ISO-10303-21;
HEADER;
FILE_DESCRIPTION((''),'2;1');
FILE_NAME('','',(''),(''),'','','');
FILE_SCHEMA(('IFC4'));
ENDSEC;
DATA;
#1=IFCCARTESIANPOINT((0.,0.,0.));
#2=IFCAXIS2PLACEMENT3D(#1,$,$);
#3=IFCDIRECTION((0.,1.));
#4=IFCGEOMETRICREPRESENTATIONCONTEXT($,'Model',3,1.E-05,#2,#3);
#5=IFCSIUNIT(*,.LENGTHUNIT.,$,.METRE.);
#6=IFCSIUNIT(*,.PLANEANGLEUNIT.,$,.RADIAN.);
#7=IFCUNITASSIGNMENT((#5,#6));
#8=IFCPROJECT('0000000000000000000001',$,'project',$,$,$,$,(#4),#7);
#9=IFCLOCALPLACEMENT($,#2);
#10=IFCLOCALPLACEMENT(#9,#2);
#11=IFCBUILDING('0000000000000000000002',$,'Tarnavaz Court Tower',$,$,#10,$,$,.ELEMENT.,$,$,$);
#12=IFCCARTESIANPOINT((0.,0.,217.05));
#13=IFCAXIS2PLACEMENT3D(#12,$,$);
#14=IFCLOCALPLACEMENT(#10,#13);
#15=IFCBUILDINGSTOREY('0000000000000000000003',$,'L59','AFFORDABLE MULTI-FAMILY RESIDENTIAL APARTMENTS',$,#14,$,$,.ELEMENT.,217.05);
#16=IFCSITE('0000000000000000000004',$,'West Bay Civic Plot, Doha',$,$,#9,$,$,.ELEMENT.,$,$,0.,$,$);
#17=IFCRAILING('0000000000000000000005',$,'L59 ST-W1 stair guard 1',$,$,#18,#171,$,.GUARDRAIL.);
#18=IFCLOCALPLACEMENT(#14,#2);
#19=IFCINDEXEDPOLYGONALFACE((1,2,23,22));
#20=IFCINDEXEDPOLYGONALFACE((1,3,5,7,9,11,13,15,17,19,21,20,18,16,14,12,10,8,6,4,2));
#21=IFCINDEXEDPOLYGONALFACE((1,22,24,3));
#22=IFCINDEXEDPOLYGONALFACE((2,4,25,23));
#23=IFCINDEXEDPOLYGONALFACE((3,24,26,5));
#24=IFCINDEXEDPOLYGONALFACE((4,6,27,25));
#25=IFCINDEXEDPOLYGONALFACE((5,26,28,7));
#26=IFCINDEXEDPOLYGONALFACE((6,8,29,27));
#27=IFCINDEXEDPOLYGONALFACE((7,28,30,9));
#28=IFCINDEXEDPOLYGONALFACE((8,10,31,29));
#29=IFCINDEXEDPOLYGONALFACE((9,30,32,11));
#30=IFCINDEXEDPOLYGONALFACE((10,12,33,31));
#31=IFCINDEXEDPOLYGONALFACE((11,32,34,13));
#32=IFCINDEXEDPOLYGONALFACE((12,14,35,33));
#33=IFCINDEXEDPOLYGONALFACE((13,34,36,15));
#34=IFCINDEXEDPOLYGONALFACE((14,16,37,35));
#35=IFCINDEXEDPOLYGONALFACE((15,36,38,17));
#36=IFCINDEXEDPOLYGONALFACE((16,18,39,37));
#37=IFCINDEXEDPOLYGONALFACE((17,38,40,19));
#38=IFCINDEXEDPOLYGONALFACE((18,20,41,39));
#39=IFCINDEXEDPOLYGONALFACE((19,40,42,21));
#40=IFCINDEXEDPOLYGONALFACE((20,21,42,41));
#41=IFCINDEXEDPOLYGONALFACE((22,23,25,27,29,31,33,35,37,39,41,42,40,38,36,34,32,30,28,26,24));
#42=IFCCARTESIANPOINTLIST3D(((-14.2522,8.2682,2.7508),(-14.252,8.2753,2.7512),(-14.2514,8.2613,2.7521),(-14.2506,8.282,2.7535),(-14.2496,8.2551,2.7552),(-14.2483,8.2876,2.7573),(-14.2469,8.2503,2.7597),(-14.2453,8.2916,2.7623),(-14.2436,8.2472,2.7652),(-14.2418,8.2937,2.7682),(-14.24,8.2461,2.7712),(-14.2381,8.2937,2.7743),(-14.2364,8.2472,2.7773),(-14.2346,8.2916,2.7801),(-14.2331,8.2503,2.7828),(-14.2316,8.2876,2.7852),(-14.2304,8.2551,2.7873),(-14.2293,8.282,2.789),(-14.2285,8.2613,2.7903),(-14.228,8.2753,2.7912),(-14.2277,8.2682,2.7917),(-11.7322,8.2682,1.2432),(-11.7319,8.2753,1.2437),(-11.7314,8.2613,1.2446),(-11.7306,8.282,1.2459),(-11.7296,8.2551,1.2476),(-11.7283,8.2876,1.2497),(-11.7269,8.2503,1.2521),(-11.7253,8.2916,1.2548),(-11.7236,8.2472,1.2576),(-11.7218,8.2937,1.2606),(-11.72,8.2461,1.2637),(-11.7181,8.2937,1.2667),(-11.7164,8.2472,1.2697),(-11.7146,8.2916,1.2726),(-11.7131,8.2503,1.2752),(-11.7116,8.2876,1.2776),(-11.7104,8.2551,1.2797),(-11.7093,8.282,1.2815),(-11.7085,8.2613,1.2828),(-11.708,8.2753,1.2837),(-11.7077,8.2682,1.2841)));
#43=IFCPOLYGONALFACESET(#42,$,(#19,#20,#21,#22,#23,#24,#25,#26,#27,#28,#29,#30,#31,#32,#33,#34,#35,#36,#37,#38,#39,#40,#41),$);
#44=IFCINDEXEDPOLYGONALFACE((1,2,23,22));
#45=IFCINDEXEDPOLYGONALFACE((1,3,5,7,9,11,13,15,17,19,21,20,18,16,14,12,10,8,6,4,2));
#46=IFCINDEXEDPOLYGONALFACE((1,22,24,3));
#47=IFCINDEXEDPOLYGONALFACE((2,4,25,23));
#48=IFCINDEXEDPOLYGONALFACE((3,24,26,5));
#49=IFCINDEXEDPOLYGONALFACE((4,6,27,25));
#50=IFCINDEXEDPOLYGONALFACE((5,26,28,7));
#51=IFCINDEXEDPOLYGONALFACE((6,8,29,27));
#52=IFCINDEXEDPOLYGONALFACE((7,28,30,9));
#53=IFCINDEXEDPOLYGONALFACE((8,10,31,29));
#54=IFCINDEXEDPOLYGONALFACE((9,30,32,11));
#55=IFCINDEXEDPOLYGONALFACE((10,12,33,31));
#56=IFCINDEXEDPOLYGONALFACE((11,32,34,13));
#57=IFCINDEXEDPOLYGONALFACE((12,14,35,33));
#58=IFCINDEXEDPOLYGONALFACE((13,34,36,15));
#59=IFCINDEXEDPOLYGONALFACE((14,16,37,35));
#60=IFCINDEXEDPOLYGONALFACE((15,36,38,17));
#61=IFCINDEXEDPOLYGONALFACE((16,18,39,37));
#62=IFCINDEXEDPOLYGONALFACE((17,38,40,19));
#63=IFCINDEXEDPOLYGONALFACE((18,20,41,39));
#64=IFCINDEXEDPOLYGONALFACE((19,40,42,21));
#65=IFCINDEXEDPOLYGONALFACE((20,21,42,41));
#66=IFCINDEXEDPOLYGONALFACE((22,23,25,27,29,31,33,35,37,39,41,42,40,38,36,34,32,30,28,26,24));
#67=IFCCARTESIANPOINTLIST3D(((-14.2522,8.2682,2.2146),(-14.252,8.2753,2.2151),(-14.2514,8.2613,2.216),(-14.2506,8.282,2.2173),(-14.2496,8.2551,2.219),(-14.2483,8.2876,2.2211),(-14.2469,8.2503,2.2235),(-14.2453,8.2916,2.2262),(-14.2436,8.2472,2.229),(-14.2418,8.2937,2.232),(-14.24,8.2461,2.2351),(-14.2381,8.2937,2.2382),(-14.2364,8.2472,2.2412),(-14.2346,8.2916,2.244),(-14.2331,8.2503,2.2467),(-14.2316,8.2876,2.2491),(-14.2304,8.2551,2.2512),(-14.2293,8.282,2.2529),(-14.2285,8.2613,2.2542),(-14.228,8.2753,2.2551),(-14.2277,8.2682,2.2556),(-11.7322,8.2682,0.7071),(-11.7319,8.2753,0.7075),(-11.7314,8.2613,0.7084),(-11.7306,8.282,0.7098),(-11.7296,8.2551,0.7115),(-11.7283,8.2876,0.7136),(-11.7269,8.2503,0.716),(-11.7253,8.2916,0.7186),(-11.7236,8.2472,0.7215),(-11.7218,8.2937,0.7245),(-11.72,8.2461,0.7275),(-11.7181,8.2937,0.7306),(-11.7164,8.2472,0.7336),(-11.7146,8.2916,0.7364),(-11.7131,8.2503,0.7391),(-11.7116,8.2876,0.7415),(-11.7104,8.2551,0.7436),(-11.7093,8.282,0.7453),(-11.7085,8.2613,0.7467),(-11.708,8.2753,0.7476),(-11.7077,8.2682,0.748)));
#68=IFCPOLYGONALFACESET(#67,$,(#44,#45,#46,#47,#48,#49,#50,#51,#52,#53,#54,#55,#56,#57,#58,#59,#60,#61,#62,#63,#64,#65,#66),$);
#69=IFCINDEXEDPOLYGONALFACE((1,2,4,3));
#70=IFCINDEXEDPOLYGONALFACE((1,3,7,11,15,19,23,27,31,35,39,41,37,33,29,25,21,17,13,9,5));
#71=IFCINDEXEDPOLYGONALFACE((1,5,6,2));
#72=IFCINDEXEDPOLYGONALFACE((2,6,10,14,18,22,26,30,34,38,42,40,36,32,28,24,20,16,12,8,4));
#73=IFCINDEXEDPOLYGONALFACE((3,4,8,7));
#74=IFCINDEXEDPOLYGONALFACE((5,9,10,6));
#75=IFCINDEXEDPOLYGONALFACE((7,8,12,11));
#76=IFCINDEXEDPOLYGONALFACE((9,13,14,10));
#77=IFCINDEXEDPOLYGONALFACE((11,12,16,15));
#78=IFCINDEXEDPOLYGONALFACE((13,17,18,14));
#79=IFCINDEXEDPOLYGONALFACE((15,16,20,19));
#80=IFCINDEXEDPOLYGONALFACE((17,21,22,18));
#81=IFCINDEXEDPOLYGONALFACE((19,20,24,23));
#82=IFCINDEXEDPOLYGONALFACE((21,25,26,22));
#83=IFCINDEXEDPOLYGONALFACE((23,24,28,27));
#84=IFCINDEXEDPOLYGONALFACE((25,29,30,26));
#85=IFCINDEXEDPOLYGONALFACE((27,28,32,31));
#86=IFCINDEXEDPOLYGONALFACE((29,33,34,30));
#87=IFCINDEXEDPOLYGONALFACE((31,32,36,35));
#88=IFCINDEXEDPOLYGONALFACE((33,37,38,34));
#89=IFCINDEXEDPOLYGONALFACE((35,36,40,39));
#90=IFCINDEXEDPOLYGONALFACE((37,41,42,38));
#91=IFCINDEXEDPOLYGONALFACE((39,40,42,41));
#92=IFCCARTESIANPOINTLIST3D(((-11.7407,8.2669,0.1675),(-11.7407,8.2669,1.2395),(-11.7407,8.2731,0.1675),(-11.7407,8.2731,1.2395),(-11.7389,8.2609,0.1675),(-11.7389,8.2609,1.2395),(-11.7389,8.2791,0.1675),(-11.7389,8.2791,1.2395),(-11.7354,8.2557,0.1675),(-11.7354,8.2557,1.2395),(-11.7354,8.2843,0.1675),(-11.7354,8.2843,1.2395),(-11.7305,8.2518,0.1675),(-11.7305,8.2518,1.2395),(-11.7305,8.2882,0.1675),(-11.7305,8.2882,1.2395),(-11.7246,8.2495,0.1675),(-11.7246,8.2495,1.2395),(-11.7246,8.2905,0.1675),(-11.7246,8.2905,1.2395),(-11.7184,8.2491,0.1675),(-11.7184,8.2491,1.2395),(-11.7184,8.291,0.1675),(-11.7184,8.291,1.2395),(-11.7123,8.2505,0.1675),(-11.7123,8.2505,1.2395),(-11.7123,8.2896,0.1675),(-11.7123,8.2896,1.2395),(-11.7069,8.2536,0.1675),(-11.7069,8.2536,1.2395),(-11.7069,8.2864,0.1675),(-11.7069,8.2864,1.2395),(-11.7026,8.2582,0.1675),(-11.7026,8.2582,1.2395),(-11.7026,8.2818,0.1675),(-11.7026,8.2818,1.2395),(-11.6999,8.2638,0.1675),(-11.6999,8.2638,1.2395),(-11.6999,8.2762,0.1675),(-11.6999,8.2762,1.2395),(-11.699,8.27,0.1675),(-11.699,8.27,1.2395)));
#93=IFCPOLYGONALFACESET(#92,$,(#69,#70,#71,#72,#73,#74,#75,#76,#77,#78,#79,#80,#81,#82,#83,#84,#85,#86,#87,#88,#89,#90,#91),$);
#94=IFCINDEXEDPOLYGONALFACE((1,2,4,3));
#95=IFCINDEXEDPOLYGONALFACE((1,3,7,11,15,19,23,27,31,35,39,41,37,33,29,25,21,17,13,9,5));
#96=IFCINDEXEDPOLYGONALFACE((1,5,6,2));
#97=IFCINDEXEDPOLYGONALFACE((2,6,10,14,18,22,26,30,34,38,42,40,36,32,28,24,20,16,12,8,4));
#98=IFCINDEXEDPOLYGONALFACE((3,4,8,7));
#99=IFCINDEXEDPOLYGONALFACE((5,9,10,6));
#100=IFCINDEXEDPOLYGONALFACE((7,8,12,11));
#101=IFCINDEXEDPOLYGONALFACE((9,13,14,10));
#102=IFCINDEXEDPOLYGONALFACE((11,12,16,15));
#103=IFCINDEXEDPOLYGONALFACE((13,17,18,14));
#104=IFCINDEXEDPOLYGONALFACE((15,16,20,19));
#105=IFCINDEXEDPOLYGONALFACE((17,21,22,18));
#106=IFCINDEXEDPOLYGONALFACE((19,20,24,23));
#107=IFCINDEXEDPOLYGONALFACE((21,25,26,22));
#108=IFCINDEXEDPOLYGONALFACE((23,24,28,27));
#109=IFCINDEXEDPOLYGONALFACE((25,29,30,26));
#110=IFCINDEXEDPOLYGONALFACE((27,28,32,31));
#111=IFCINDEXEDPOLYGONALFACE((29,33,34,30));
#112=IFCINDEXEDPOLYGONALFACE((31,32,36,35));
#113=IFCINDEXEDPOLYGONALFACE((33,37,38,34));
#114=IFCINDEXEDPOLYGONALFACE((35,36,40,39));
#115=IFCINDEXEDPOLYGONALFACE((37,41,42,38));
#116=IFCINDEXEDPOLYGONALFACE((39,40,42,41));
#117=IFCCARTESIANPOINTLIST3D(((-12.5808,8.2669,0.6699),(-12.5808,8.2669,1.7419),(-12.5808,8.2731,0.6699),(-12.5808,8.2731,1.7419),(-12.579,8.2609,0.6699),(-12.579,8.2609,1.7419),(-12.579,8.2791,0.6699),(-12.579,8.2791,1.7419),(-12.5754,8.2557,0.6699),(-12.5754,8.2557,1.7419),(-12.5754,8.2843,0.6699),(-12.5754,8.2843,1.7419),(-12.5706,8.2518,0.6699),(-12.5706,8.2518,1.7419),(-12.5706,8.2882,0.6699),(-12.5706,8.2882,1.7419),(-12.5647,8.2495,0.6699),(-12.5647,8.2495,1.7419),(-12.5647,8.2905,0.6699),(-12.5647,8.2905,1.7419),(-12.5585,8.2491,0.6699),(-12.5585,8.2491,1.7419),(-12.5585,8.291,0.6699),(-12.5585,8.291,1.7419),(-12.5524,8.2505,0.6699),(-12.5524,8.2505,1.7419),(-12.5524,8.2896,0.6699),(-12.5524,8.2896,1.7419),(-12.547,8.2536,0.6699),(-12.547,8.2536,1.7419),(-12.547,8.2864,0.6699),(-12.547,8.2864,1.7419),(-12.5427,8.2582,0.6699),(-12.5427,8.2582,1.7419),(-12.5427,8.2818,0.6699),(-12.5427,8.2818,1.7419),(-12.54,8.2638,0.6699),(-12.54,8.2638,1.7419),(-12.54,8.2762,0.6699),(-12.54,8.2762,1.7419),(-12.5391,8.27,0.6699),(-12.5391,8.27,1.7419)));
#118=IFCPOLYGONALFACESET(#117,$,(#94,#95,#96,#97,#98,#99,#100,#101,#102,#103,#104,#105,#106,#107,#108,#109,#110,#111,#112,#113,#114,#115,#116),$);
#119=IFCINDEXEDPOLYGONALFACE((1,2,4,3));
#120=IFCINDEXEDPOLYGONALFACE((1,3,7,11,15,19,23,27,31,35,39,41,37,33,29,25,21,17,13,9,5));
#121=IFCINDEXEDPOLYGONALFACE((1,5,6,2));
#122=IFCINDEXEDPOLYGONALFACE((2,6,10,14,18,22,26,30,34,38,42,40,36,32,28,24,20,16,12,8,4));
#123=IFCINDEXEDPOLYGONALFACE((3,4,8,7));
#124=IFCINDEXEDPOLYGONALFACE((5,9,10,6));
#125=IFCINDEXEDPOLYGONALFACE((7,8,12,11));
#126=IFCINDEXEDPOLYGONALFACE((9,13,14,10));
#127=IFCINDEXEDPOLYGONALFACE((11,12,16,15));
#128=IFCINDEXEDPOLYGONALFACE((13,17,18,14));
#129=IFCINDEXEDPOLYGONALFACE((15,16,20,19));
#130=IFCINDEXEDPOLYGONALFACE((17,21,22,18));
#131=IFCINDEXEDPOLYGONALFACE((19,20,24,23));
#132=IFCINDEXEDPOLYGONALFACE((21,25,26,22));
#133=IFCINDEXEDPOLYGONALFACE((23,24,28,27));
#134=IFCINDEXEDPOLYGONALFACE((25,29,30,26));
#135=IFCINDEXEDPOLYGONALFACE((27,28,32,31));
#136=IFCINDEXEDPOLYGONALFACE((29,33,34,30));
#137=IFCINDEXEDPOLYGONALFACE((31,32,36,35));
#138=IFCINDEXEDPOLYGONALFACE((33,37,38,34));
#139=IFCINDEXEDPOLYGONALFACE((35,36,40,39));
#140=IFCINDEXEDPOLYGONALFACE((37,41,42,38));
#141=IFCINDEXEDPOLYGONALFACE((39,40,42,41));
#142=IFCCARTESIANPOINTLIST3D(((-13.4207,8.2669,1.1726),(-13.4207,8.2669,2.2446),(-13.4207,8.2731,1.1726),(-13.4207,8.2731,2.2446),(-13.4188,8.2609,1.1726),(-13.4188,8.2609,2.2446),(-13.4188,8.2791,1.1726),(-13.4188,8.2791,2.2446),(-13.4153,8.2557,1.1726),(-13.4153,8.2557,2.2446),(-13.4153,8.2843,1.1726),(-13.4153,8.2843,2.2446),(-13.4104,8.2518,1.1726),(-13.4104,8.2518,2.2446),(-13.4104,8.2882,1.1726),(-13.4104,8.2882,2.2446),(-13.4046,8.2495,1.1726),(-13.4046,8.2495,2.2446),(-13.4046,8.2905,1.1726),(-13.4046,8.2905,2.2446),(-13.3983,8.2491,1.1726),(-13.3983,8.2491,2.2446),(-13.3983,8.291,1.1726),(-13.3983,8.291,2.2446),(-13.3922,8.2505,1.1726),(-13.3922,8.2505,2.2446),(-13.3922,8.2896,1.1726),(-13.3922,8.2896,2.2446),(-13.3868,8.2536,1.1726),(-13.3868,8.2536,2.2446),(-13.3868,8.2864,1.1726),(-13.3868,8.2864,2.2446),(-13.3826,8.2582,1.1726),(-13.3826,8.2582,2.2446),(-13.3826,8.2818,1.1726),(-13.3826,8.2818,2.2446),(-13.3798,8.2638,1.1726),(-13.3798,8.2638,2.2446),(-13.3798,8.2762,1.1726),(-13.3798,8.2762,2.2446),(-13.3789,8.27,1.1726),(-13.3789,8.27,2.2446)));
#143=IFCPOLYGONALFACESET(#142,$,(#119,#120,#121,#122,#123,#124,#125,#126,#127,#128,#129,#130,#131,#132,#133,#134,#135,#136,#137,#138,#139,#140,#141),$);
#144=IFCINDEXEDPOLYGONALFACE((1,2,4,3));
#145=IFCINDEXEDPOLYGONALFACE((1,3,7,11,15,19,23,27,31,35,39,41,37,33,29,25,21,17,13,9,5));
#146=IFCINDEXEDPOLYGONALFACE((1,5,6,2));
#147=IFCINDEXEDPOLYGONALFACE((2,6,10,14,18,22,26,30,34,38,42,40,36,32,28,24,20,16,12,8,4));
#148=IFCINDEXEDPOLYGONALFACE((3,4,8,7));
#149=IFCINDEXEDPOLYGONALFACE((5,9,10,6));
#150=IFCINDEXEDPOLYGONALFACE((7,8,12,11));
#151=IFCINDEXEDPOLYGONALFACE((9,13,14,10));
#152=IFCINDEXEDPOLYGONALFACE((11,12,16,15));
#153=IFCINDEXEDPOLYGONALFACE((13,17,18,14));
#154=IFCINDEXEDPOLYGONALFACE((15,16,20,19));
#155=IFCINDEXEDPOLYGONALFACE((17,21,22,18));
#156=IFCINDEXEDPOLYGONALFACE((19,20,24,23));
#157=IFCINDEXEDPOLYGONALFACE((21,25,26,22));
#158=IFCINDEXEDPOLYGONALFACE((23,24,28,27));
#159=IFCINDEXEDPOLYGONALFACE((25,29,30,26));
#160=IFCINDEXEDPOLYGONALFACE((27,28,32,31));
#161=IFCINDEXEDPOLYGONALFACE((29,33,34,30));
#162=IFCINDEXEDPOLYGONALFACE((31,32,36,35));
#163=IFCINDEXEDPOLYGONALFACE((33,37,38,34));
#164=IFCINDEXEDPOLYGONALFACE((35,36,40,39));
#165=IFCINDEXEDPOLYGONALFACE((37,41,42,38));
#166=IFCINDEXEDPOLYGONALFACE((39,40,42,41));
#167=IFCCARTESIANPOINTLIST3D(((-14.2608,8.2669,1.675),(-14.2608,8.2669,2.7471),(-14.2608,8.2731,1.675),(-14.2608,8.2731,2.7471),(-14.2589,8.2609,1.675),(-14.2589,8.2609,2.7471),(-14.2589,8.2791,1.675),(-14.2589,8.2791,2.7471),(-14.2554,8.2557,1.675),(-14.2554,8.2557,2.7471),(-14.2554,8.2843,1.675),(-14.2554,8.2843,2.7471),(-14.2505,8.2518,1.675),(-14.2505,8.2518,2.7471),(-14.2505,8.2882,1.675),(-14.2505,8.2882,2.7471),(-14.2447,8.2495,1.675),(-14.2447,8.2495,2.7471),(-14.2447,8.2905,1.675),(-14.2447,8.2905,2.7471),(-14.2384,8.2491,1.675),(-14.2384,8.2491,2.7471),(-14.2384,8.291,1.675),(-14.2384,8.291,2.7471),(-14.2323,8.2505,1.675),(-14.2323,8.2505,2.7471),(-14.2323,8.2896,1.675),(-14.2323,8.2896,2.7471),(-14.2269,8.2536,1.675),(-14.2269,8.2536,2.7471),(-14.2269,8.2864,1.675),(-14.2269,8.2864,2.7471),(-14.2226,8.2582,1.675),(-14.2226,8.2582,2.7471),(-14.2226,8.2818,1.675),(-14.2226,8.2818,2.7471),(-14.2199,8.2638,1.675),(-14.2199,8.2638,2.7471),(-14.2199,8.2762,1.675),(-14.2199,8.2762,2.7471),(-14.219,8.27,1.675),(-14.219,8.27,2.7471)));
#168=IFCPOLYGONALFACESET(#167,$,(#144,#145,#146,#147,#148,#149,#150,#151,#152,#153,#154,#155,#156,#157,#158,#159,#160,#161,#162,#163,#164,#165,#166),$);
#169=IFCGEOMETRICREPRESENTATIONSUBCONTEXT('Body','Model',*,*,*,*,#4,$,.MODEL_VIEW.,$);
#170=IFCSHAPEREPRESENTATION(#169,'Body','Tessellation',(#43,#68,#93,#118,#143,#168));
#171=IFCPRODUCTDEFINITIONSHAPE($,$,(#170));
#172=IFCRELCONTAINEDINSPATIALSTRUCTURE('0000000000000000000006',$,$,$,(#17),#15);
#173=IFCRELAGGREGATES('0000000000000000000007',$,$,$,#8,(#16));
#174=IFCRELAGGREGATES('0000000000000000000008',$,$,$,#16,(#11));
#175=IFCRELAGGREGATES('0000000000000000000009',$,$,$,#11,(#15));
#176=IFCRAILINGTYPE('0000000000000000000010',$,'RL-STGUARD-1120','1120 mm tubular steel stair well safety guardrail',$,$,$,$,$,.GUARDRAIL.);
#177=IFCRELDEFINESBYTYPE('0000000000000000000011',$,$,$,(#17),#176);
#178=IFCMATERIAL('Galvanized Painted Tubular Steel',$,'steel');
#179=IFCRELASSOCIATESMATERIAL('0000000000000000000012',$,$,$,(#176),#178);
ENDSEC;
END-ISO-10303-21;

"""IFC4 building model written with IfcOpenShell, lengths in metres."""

from ifc_helpers import new_model, si_unit, direction, frame, origin, origin_2d, place, context, subcontext, project, spatial, circle, extrude, material, type_object, element, save


model = new_model("IFC4")

# Units and contexts
model_context = context("Model", 3, precision=1e-05, world=origin(), true_north=direction((0.0, 1.0)))
body_context = subcontext(model_context, "Body", "Model", "MODEL_VIEW")
ifc_project = project(units=[si_unit("LENGTHUNIT", "METRE"), si_unit("PLANEANGLEUNIT", "RADIAN")], contexts=[model_context])

# Site, building, storey
site_placement = place(None, origin())
site = spatial("IfcSite", under=ifc_project, at=site_placement, Name="West Bay Civic Plot, Doha", CompositionType="ELEMENT", RefElevation=0.0)
building_placement = place(site_placement, origin())
building = spatial("IfcBuilding", under=site, at=building_placement, Name="Tarnavaz Court Tower", CompositionType="ELEMENT")
storey_placement = place(building_placement, frame((0.0, 0.0, 217.05)))
storey = spatial("IfcBuildingStorey", under=building, at=storey_placement, Name="L59", Description="AFFORDABLE MULTI-FAMILY RESIDENTIAL APARTMENTS", CompositionType="ELEMENT", Elevation=217.05)

# Railing
ifc_material_1 = material(Name="Galvanized Painted Tubular Steel", Category="steel")
railing_type_1 = type_object("IfcRailingType", Name="RL-STGUARD-1120", Description="1120 mm tubular steel stair well safety guardrail", PredefinedType="GUARDRAIL", material=ifc_material_1)
railing_1_placement = place(storey_placement, frame((-11.72, 8.27, 0.1675)))
element("IfcRailing", 1, at=railing_1_placement, inside=storey, type_object=railing_type_1, Name="L59 ST-W1 stair guard 1", PredefinedType="GUARDRAIL", context=body_context, shape_type="SweptSolid", body=[
    extrude(circle(Radius=0.0239, at=origin_2d()), frame((0.0, 0.0, 1.0962), z_axis=(-0.85816, 0.0, 0.513383), x_axis=(0.0, -1.0, 0.0)), (0.0, 0.0, 1.0), 2.9365),
    extrude(circle(Radius=0.0239, at=origin_2d()), frame((0.0, 0.0, 0.5601), z_axis=(-0.85816, 0.0, 0.513383), x_axis=(0.0, -1.0, 0.0)), (0.0, 0.0, 1.0), 2.9365),
    extrude(circle(Radius=0.021, at=origin_2d()), origin(), (0.0, 0.0, 1.0), 1.072),
    extrude(circle(Radius=0.021, at=origin_2d()), frame((-0.8401, 0.0, 0.5024)), (0.0, 0.0, 1.0), 1.072),
    extrude(circle(Radius=0.021, at=origin_2d()), frame((-1.6799, 0.0, 1.0051)), (0.0, 0.0, 1.0), 1.072),
    extrude(circle(Radius=0.021, at=origin_2d()), frame((-2.52, 0.0, 1.5076)), (0.0, 0.0, 1.0), 1.072),
])

save(model, "model.ifc")
